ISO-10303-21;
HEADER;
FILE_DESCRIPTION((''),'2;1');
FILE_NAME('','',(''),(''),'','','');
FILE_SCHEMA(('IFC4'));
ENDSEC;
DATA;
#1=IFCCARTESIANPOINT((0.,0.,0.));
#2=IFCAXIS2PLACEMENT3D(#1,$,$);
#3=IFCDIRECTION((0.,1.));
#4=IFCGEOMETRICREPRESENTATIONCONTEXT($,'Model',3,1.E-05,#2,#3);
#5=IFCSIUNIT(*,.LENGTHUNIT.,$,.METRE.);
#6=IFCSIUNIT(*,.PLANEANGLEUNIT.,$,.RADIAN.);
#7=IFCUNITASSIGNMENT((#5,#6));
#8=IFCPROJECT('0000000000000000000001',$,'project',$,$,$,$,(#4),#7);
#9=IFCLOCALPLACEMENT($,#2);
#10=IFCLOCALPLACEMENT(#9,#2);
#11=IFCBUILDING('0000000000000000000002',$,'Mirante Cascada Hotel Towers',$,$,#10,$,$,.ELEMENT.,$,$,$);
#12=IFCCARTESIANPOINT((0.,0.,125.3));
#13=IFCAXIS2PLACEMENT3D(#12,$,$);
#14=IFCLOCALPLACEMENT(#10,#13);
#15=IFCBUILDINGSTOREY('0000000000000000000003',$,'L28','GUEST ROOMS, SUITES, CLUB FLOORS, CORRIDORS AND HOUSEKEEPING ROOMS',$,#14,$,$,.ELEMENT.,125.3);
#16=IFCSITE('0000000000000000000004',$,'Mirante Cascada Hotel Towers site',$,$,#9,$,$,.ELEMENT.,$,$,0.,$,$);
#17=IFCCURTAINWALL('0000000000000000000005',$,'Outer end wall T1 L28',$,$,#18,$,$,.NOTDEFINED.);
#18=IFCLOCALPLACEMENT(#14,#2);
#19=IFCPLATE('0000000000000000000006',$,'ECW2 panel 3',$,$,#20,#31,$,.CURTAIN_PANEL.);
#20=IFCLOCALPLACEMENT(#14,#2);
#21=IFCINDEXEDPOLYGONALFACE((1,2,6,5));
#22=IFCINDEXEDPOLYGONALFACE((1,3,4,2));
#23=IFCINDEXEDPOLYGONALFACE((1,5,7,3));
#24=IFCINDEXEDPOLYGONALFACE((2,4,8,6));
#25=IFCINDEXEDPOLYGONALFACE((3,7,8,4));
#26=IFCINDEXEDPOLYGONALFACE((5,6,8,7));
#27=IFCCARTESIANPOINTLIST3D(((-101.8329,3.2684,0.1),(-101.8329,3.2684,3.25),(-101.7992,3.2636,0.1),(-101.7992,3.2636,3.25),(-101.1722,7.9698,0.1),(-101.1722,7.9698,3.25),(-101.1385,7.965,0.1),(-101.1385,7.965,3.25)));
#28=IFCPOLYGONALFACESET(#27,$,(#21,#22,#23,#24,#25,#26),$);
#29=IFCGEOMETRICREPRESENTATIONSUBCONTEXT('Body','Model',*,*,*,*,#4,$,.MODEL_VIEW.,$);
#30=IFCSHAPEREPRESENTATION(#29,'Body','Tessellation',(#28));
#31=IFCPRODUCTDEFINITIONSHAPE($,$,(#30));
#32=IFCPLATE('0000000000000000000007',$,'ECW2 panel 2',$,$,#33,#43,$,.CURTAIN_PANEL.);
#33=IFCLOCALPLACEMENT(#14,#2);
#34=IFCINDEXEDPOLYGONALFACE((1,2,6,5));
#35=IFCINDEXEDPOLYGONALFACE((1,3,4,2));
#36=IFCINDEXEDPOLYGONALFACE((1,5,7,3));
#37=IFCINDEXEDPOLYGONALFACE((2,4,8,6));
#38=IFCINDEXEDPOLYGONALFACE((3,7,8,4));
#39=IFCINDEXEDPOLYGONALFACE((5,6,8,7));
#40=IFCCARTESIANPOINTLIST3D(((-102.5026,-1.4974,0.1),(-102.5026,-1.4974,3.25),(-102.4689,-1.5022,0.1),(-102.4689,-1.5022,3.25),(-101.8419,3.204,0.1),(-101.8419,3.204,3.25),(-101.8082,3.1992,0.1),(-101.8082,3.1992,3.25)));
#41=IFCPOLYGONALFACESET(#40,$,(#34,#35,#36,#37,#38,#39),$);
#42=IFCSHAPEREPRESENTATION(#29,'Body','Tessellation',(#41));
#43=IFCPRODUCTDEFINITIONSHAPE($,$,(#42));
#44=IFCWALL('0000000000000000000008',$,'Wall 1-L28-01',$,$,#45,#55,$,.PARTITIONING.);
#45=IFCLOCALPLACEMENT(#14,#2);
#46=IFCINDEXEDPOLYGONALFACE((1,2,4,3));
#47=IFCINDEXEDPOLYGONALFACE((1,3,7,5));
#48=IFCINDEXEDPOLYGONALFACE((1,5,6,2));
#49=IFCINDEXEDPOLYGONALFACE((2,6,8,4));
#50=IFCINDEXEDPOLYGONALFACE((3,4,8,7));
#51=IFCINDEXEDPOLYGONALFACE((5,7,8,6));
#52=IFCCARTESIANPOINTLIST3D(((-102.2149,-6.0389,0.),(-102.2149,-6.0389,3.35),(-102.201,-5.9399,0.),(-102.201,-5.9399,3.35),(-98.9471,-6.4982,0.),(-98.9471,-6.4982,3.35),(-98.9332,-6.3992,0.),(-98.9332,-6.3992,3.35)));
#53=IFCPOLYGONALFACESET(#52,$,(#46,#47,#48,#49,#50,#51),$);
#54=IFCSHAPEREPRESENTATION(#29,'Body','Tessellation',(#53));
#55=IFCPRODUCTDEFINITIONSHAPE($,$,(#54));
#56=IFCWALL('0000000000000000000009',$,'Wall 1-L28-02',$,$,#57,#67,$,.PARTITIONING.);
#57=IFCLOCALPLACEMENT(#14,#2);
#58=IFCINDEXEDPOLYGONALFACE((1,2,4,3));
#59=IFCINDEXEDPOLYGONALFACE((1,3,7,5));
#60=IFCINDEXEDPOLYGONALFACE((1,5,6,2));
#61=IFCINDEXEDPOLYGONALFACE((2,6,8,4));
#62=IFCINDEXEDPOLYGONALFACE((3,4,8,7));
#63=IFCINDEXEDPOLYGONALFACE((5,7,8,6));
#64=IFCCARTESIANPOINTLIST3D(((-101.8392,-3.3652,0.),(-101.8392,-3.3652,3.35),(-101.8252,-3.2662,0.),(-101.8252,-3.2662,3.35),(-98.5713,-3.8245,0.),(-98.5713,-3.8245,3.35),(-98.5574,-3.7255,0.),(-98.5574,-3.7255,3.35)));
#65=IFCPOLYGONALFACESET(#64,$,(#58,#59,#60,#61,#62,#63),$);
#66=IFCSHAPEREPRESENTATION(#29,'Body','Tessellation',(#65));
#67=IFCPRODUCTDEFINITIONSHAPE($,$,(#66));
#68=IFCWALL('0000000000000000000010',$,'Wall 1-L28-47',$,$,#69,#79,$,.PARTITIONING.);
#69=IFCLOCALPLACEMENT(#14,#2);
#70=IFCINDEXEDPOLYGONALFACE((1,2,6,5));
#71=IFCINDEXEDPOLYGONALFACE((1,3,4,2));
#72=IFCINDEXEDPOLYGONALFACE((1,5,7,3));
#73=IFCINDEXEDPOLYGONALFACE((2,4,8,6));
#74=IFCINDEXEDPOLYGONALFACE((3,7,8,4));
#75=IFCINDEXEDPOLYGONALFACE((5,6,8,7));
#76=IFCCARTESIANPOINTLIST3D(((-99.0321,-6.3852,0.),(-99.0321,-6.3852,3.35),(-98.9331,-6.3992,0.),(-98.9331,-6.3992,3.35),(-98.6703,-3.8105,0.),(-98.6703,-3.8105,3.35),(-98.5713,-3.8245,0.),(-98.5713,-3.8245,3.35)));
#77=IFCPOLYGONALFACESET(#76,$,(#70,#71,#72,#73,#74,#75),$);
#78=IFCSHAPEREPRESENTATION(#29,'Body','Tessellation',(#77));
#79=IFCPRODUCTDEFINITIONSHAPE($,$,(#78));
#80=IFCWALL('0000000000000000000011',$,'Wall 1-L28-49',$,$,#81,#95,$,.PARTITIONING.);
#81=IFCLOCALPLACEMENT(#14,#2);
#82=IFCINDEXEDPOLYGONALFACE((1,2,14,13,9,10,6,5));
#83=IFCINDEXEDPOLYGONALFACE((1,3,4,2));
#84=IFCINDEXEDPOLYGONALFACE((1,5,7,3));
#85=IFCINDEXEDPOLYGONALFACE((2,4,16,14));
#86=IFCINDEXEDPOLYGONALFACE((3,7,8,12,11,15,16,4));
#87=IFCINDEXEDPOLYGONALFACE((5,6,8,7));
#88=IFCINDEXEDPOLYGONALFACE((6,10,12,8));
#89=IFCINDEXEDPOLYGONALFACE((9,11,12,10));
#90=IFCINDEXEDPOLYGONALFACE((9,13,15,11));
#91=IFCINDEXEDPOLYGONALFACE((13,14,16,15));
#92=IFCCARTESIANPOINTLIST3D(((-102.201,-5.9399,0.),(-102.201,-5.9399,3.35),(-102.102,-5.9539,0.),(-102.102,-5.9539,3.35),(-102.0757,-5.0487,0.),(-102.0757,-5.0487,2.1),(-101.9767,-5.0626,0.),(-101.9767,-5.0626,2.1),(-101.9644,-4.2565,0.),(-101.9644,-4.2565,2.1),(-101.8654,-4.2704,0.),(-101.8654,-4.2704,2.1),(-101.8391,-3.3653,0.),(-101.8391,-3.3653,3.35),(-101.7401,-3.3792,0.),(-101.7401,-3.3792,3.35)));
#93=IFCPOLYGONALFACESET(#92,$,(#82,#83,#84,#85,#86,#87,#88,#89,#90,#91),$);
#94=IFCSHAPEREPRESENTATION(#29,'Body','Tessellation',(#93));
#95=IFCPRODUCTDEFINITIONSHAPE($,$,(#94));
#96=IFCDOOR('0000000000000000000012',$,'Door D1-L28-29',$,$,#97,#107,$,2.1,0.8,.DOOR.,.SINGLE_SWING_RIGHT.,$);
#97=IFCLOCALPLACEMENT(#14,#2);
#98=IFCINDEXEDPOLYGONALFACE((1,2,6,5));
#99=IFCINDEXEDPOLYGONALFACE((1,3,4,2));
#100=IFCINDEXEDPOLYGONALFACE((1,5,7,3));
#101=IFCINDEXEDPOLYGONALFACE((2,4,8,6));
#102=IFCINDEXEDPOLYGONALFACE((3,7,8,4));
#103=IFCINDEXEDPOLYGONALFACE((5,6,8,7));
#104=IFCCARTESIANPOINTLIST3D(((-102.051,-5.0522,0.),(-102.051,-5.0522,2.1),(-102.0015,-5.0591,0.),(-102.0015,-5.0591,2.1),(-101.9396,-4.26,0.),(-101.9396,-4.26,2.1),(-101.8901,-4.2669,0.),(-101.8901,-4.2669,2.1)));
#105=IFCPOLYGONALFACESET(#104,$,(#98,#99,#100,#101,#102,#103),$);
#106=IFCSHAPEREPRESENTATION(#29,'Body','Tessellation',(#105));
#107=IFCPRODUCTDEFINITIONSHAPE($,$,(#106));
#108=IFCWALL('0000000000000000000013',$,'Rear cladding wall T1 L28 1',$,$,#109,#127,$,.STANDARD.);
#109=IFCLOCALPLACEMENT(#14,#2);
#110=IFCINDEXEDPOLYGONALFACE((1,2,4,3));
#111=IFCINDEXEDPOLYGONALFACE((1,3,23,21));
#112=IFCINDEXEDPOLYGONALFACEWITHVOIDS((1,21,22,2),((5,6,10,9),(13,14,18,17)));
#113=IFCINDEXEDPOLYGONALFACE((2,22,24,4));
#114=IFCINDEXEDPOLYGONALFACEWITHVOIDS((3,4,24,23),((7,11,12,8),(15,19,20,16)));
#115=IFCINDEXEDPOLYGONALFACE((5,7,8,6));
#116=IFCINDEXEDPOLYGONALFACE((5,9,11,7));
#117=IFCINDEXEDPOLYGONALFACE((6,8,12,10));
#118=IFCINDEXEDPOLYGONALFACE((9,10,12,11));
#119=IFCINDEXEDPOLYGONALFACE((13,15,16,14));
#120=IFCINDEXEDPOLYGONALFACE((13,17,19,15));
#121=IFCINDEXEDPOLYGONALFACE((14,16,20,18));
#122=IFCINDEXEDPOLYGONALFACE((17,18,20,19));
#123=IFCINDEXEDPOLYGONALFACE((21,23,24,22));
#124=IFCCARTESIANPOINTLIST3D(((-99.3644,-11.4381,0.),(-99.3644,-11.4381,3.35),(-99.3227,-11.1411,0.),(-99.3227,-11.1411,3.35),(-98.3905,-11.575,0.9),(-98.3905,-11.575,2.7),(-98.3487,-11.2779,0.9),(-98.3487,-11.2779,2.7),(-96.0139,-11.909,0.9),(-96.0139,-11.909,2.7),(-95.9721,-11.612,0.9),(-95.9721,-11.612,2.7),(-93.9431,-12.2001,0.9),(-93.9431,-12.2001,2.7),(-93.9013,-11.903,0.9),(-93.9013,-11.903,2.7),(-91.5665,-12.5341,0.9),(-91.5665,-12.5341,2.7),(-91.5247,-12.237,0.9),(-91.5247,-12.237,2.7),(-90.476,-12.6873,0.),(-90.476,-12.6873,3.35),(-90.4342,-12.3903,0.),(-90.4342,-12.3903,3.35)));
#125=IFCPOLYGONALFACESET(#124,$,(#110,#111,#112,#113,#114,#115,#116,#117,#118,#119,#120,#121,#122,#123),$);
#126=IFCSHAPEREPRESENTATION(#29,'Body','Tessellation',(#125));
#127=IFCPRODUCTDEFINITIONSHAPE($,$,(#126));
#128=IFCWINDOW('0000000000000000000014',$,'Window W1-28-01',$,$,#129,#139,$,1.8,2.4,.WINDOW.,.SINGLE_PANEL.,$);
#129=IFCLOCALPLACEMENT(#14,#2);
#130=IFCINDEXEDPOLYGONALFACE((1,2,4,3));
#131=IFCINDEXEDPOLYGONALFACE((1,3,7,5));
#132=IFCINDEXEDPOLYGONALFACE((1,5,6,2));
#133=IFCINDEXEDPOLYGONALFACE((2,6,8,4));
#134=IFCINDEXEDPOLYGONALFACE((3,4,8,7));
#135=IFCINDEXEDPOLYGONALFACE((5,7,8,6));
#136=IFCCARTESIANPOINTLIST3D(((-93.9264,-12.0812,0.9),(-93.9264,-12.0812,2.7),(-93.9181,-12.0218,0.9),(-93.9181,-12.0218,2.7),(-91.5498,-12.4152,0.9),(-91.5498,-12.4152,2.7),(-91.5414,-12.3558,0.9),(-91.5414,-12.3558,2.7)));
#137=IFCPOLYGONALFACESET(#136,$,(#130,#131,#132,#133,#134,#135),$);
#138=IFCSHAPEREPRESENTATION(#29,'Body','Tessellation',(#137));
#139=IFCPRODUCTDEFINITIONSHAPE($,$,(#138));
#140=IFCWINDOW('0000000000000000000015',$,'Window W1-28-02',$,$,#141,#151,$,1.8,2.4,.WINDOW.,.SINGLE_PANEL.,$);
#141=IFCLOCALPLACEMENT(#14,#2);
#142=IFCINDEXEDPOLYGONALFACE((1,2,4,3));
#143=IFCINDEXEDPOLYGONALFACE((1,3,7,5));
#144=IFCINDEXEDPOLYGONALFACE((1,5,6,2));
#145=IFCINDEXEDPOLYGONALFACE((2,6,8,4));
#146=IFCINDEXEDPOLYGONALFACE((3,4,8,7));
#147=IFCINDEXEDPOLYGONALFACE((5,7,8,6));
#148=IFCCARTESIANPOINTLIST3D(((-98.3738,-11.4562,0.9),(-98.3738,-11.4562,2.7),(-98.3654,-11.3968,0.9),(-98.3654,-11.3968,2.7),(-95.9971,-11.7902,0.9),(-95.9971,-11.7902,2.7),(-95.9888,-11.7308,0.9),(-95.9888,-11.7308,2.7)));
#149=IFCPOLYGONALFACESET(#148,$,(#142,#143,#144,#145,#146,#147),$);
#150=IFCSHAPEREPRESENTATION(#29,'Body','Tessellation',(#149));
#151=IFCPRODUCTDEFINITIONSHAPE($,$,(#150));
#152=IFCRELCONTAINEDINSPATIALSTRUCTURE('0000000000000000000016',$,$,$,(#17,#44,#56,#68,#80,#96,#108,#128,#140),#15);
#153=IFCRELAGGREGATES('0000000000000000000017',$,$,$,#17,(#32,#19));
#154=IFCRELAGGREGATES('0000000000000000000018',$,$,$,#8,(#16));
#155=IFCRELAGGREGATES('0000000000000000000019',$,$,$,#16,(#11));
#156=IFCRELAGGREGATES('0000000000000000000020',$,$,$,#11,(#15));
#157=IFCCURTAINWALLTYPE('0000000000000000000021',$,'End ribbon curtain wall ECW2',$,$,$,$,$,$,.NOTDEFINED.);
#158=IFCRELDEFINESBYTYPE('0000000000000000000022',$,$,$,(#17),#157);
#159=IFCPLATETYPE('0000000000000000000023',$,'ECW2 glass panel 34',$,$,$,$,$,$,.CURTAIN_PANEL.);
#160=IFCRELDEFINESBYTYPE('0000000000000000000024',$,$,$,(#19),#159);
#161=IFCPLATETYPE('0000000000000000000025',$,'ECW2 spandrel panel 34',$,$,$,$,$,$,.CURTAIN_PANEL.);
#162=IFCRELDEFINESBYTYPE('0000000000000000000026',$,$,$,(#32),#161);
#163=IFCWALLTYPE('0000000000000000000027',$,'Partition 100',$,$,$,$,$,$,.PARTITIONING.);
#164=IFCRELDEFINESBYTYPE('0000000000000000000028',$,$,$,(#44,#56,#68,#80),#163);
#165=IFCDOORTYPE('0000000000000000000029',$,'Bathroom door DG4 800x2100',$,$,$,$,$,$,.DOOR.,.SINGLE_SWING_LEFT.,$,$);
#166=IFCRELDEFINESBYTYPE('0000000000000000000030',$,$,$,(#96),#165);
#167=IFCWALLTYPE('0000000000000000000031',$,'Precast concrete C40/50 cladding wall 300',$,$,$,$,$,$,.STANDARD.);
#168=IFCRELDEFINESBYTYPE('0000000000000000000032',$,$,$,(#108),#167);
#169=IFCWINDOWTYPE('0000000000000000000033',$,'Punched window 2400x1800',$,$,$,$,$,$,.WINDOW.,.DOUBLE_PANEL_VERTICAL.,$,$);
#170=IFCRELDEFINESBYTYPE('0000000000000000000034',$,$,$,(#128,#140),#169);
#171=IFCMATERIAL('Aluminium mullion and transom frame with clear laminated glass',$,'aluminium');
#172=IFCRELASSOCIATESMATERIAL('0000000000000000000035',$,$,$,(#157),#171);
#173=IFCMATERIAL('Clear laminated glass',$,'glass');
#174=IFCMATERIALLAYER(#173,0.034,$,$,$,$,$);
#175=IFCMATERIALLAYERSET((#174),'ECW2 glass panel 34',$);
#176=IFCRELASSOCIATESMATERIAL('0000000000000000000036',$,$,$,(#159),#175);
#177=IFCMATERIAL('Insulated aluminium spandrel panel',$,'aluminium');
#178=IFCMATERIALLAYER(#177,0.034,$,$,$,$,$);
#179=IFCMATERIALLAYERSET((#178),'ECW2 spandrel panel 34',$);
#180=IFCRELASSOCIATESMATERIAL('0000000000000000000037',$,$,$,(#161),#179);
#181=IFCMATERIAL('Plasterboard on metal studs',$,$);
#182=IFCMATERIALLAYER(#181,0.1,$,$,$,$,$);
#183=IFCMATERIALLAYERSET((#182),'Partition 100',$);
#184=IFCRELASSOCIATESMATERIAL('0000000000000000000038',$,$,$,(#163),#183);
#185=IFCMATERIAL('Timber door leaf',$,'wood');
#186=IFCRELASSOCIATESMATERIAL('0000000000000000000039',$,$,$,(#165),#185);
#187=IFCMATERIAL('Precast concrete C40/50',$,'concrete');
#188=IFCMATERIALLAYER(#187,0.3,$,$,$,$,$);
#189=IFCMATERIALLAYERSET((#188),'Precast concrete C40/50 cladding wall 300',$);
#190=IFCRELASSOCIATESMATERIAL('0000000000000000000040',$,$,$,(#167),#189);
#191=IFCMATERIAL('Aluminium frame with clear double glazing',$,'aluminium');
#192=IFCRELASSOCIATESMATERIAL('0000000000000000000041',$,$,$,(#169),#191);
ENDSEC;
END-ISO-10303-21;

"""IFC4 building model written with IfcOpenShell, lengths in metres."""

from ifc_helpers import new_model, si_unit, direction, frame, frame_2d, origin, origin_2d, place, context, subcontext, project, spatial, rectangle, extrude, material, layer, layer_set, type_object, element, fill, aggregate, save


model = new_model("IFC4")

# Units and contexts
model_context = context("Model", 3, precision=1e-05, world=origin(), true_north=direction((0.0, 1.0)))
body_context = subcontext(model_context, "Body", "Model", "MODEL_VIEW")
ifc_project = project(units=[si_unit("LENGTHUNIT", "METRE"), si_unit("PLANEANGLEUNIT", "RADIAN")], contexts=[model_context])

# Site, building, storey
site_placement = place(None, origin())
site = spatial("IfcSite", under=ifc_project, at=site_placement, Name="Mirante Cascada Hotel Towers site", CompositionType="ELEMENT", RefElevation=0.0)
building_placement = place(site_placement, origin())
building = spatial("IfcBuilding", under=site, at=building_placement, Name="Mirante Cascada Hotel Towers", CompositionType="ELEMENT")
storey_placement = place(building_placement, frame((0.0, 0.0, 125.3)))
storey = spatial("IfcBuildingStorey", under=building, at=storey_placement, Name="L28", Description="GUEST ROOMS, SUITES, CLUB FLOORS, CORRIDORS AND HOUSEKEEPING ROOMS", CompositionType="ELEMENT", Elevation=125.3)

# Curtain wall, plates
ifc_material_1 = material(Name="Aluminium mullion and transom frame with clear laminated glass", Category="aluminium")
curtain_wall_type = type_object("IfcCurtainWallType", Name="End ribbon curtain wall ECW2", PredefinedType="NOTDEFINED", material=ifc_material_1)
curtain_wall_placement = place(storey_placement, origin())
curtain_wall = element("IfcCurtainWall", 1, at=curtain_wall_placement, inside=storey, type_object=curtain_wall_type, Name="Outer end wall T1 L28", PredefinedType="NOTDEFINED")
ifc_material_2 = material(Name="Clear laminated glass", Category="glass")
ifc_layer_1 = layer(ifc_material_2, 0.034)
ifc_layer_set_1 = layer_set([ifc_layer_1], Name="ECW2 glass panel 34")
plate_type_1 = type_object("IfcPlateType", Name="ECW2 glass panel 34", PredefinedType="CURTAIN_PANEL", material=ifc_layer_set_1)
plate_1_placement = place(storey_placement, frame((-101.4857, 5.6167, 0.1), z_axis=(0.0, 0.0, 1.0), x_axis=(0.139173, 0.990268, 0.0)))
plate_1 = element("IfcPlate", 2, at=plate_1_placement, type_object=plate_type_1, Name="ECW2 panel 3", PredefinedType="CURTAIN_PANEL", context=body_context, shape_type="SweptSolid", body=[
    extrude(rectangle(XDim=4.7476, YDim=0.034, at=origin_2d()), origin(), (0.0, 0.0, 1.0), 3.15),
])
ifc_material_3 = material(Name="Insulated aluminium spandrel panel", Category="aluminium")
ifc_layer_2 = layer(ifc_material_3, 0.034)
ifc_layer_set_2 = layer_set([ifc_layer_2], Name="ECW2 spandrel panel 34")
plate_type_2 = type_object("IfcPlateType", Name="ECW2 spandrel panel 34", PredefinedType="CURTAIN_PANEL", material=ifc_layer_set_2)
plate_2_placement = place(storey_placement, frame((-102.1554, 0.8509, 0.1), z_axis=(0.0, 0.0, 1.0), x_axis=(0.139173, 0.990268, 0.0)))
plate_2 = element("IfcPlate", 3, at=plate_2_placement, type_object=plate_type_2, Name="ECW2 panel 2", PredefinedType="CURTAIN_PANEL", context=body_context, shape_type="SweptSolid", body=[
    extrude(rectangle(XDim=4.7476, YDim=0.034, at=origin_2d()), origin(), (0.0, 0.0, 1.0), 3.15),
])
aggregate(curtain_wall, [plate_2, plate_1])

# Walls
ifc_material_4 = material(Name="Plasterboard on metal studs")
ifc_layer_3 = layer(ifc_material_4, 0.1)
ifc_layer_set_3 = layer_set([ifc_layer_3], Name="Partition 100")
wall_type_1 = type_object("IfcWallType", Name="Partition 100", PredefinedType="PARTITIONING", material=ifc_layer_set_3)
wall_1_placement = place(storey_placement, frame((-98.9401, -6.4487, 0.0), z_axis=(0.0, 0.0, 1.0), x_axis=(-0.990266, 0.139185, 0.0)))
element("IfcWall", 4, at=wall_1_placement, inside=storey, type_object=wall_type_1, Name="Wall 1-L28-01", PredefinedType="PARTITIONING", context=body_context, shape_type="SweptSolid", body=[
    extrude(rectangle(XDim=3.2999, YDim=0.1, at=frame_2d((1.65, 0.0))), origin(), (0.0, 0.0, 1.0), 3.35),
])
wall_2_placement = place(storey_placement, frame((-101.8322, -3.3157, 0.0), z_axis=(0.0, 0.0, 1.0), x_axis=(0.990267, -0.139181, 0.0)))
element("IfcWall", 5, at=wall_2_placement, inside=storey, type_object=wall_type_1, Name="Wall 1-L28-02", PredefinedType="PARTITIONING", context=body_context, shape_type="SweptSolid", body=[
    extrude(rectangle(XDim=3.3, YDim=0.1, at=frame_2d((1.65, 0.0))), origin(), (0.0, 0.0, 1.0), 3.35),
])
wall_3_placement = place(storey_placement, frame((-98.9826, -6.3922, 0.0), z_axis=(0.0, 0.0, 1.0), x_axis=(0.139154, 0.990271, 0.0)))
element("IfcWall", 6, at=wall_3_placement, inside=storey, type_object=wall_type_1, Name="Wall 1-L28-47", PredefinedType="PARTITIONING", context=body_context, shape_type="SweptSolid", body=[
    extrude(rectangle(XDim=2.6, YDim=0.1, at=frame_2d((1.3, 0.0))), origin(), (0.0, 0.0, 1.0), 3.35),
])

# Wall, opening, door
wall_4_placement = place(storey_placement, frame((-102.1515, -5.9469, 0.0), z_axis=(0.0, 0.0, 1.0), x_axis=(0.139192, 0.990265, 0.0)))
wall_4 = element("IfcWall", 7, at=wall_4_placement, inside=storey, type_object=wall_type_1, Name="Wall 1-L28-49", PredefinedType="PARTITIONING", context=body_context, shape_type="SweptSolid", body=[
    extrude(rectangle(XDim=2.6, YDim=0.1, at=frame_2d((1.3, 0.0))), origin(), (0.0, 0.0, 1.0), 3.35),
])
opening_1_placement = place(wall_4_placement, frame((0.9, 0.0, 0.0)))
opening_1 = element("IfcOpeningElement", 8, at=opening_1_placement, cuts=wall_4, PredefinedType="OPENING", context=body_context, shape_type="SweptSolid", body=[
    extrude(rectangle(XDim=0.8, YDim=2.1, at=frame_2d((0.4, 1.05))), frame((0.0, 0.05, 0.0), z_axis=(0.0, -1.0, 0.0), x_axis=(1.0, 0.0, 0.0)), (0.0, 0.0, 1.0), 0.1),
])
ifc_material_5 = material(Name="Timber door leaf", Category="wood")
door_type = type_object("IfcDoorType", Name="Bathroom door DG4 800x2100", OperationType="SINGLE_SWING_LEFT", PredefinedType="DOOR", material=ifc_material_5)
door_placement = place(opening_1_placement, frame((0.8, 0.0, 0.0), z_axis=(0.0, 0.0, 1.0), x_axis=(-1.0, 0.0, 0.0)))
door = element("IfcDoor", 9, at=door_placement, inside=storey, type_object=door_type, Name="Door D1-L28-29", OperationType="SINGLE_SWING_RIGHT", OverallHeight=2.1, OverallWidth=0.8, PredefinedType="DOOR", context=body_context, shape_type="SweptSolid", body=[
    extrude(rectangle(XDim=0.8, YDim=2.1, at=frame_2d((0.4, 1.05))), frame((0.0, 0.025, 0.0), z_axis=(0.0, -1.0, 0.0), x_axis=(1.0, 0.0, 0.0)), (0.0, 0.0, 1.0), 0.05),
])
fill(opening_1, door)

# Wall, openings, windows
ifc_material_6 = material(Name="Precast concrete C40/50", Category="concrete")
ifc_layer_4 = layer(ifc_material_6, 0.3)
ifc_layer_set_4 = layer_set([ifc_layer_4], Name="Precast concrete C40/50 cladding wall 300")
wall_type_2 = type_object("IfcWallType", Name="Precast concrete C40/50 cladding wall 300", PredefinedType="STANDARD", material=ifc_layer_set_4)
wall_5_placement = place(storey_placement, frame((-90.4551, -12.5388, 0.0), z_axis=(0.0, 0.0, 1.0), x_axis=(-0.990268, 0.139175, 0.0)))
wall_5 = element("IfcWall", 10, at=wall_5_placement, inside=storey, type_object=wall_type_2, Name="Rear cladding wall T1 L28 1", PredefinedType="STANDARD", context=body_context, shape_type="SweptSolid", body=[
    extrude(rectangle(XDim=8.9758, YDim=0.3, at=frame_2d((4.4879, 0.0))), origin(), (0.0, 0.0, 1.0), 3.35),
])
opening_2_placement = place(wall_5_placement, frame((1.1012, 0.0, 0.9)))
opening_2 = element("IfcOpeningElement", 11, at=opening_2_placement, cuts=wall_5, PredefinedType="OPENING", context=body_context, shape_type="SweptSolid", body=[
    extrude(rectangle(XDim=2.4, YDim=1.8, at=frame_2d((1.2, 0.9))), frame((0.0, 0.15, 0.0), z_axis=(0.0, -1.0, 0.0), x_axis=(1.0, 0.0, 0.0)), (0.0, 0.0, 1.0), 0.3),
])
opening_3_placement = place(wall_5_placement, frame((5.5923, 0.0, 0.9)))
opening_3 = element("IfcOpeningElement", 12, at=opening_3_placement, cuts=wall_5, PredefinedType="OPENING", context=body_context, shape_type="SweptSolid", body=[
    extrude(rectangle(XDim=2.4, YDim=1.8, at=frame_2d((1.2, 0.9))), frame((0.0, 0.15, 0.0), z_axis=(0.0, -1.0, 0.0), x_axis=(1.0, 0.0, 0.0)), (0.0, 0.0, 1.0), 0.3),
])
ifc_material_7 = material(Name="Aluminium frame with clear double glazing", Category="aluminium")
window_type_1 = type_object("IfcWindowType", Name="Punched window 2400x1800", PartitioningType="DOUBLE_PANEL_VERTICAL", PredefinedType="WINDOW", material=ifc_material_7)
window_1_placement = place(opening_2_placement, origin())
window_1 = element("IfcWindow", 13, at=window_1_placement, inside=storey, type_object=window_type_1, Name="Window W1-28-01", OverallHeight=1.8, OverallWidth=2.4, PartitioningType="SINGLE_PANEL", PredefinedType="WINDOW", context=body_context, shape_type="SweptSolid", body=[
    extrude(rectangle(XDim=2.4, YDim=1.8, at=frame_2d((1.2, 0.9))), frame((0.0, 0.03, 0.0), z_axis=(0.0, -1.0, 0.0), x_axis=(1.0, 0.0, 0.0)), (0.0, 0.0, 1.0), 0.06),
])
fill(opening_2, window_1)
window_2_placement = place(opening_3_placement, origin())
window_2 = element("IfcWindow", 14, at=window_2_placement, inside=storey, type_object=window_type_1, Name="Window W1-28-02", OverallHeight=1.8, OverallWidth=2.4, PartitioningType="SINGLE_PANEL", PredefinedType="WINDOW", context=body_context, shape_type="SweptSolid", body=[
    extrude(rectangle(XDim=2.4, YDim=1.8, at=frame_2d((1.2, 0.9))), frame((0.0, 0.03, 0.0), z_axis=(0.0, -1.0, 0.0), x_axis=(1.0, 0.0, 0.0)), (0.0, 0.0, 1.0), 0.06),
])
fill(opening_3, window_2)

save(model, "model.ifc")
